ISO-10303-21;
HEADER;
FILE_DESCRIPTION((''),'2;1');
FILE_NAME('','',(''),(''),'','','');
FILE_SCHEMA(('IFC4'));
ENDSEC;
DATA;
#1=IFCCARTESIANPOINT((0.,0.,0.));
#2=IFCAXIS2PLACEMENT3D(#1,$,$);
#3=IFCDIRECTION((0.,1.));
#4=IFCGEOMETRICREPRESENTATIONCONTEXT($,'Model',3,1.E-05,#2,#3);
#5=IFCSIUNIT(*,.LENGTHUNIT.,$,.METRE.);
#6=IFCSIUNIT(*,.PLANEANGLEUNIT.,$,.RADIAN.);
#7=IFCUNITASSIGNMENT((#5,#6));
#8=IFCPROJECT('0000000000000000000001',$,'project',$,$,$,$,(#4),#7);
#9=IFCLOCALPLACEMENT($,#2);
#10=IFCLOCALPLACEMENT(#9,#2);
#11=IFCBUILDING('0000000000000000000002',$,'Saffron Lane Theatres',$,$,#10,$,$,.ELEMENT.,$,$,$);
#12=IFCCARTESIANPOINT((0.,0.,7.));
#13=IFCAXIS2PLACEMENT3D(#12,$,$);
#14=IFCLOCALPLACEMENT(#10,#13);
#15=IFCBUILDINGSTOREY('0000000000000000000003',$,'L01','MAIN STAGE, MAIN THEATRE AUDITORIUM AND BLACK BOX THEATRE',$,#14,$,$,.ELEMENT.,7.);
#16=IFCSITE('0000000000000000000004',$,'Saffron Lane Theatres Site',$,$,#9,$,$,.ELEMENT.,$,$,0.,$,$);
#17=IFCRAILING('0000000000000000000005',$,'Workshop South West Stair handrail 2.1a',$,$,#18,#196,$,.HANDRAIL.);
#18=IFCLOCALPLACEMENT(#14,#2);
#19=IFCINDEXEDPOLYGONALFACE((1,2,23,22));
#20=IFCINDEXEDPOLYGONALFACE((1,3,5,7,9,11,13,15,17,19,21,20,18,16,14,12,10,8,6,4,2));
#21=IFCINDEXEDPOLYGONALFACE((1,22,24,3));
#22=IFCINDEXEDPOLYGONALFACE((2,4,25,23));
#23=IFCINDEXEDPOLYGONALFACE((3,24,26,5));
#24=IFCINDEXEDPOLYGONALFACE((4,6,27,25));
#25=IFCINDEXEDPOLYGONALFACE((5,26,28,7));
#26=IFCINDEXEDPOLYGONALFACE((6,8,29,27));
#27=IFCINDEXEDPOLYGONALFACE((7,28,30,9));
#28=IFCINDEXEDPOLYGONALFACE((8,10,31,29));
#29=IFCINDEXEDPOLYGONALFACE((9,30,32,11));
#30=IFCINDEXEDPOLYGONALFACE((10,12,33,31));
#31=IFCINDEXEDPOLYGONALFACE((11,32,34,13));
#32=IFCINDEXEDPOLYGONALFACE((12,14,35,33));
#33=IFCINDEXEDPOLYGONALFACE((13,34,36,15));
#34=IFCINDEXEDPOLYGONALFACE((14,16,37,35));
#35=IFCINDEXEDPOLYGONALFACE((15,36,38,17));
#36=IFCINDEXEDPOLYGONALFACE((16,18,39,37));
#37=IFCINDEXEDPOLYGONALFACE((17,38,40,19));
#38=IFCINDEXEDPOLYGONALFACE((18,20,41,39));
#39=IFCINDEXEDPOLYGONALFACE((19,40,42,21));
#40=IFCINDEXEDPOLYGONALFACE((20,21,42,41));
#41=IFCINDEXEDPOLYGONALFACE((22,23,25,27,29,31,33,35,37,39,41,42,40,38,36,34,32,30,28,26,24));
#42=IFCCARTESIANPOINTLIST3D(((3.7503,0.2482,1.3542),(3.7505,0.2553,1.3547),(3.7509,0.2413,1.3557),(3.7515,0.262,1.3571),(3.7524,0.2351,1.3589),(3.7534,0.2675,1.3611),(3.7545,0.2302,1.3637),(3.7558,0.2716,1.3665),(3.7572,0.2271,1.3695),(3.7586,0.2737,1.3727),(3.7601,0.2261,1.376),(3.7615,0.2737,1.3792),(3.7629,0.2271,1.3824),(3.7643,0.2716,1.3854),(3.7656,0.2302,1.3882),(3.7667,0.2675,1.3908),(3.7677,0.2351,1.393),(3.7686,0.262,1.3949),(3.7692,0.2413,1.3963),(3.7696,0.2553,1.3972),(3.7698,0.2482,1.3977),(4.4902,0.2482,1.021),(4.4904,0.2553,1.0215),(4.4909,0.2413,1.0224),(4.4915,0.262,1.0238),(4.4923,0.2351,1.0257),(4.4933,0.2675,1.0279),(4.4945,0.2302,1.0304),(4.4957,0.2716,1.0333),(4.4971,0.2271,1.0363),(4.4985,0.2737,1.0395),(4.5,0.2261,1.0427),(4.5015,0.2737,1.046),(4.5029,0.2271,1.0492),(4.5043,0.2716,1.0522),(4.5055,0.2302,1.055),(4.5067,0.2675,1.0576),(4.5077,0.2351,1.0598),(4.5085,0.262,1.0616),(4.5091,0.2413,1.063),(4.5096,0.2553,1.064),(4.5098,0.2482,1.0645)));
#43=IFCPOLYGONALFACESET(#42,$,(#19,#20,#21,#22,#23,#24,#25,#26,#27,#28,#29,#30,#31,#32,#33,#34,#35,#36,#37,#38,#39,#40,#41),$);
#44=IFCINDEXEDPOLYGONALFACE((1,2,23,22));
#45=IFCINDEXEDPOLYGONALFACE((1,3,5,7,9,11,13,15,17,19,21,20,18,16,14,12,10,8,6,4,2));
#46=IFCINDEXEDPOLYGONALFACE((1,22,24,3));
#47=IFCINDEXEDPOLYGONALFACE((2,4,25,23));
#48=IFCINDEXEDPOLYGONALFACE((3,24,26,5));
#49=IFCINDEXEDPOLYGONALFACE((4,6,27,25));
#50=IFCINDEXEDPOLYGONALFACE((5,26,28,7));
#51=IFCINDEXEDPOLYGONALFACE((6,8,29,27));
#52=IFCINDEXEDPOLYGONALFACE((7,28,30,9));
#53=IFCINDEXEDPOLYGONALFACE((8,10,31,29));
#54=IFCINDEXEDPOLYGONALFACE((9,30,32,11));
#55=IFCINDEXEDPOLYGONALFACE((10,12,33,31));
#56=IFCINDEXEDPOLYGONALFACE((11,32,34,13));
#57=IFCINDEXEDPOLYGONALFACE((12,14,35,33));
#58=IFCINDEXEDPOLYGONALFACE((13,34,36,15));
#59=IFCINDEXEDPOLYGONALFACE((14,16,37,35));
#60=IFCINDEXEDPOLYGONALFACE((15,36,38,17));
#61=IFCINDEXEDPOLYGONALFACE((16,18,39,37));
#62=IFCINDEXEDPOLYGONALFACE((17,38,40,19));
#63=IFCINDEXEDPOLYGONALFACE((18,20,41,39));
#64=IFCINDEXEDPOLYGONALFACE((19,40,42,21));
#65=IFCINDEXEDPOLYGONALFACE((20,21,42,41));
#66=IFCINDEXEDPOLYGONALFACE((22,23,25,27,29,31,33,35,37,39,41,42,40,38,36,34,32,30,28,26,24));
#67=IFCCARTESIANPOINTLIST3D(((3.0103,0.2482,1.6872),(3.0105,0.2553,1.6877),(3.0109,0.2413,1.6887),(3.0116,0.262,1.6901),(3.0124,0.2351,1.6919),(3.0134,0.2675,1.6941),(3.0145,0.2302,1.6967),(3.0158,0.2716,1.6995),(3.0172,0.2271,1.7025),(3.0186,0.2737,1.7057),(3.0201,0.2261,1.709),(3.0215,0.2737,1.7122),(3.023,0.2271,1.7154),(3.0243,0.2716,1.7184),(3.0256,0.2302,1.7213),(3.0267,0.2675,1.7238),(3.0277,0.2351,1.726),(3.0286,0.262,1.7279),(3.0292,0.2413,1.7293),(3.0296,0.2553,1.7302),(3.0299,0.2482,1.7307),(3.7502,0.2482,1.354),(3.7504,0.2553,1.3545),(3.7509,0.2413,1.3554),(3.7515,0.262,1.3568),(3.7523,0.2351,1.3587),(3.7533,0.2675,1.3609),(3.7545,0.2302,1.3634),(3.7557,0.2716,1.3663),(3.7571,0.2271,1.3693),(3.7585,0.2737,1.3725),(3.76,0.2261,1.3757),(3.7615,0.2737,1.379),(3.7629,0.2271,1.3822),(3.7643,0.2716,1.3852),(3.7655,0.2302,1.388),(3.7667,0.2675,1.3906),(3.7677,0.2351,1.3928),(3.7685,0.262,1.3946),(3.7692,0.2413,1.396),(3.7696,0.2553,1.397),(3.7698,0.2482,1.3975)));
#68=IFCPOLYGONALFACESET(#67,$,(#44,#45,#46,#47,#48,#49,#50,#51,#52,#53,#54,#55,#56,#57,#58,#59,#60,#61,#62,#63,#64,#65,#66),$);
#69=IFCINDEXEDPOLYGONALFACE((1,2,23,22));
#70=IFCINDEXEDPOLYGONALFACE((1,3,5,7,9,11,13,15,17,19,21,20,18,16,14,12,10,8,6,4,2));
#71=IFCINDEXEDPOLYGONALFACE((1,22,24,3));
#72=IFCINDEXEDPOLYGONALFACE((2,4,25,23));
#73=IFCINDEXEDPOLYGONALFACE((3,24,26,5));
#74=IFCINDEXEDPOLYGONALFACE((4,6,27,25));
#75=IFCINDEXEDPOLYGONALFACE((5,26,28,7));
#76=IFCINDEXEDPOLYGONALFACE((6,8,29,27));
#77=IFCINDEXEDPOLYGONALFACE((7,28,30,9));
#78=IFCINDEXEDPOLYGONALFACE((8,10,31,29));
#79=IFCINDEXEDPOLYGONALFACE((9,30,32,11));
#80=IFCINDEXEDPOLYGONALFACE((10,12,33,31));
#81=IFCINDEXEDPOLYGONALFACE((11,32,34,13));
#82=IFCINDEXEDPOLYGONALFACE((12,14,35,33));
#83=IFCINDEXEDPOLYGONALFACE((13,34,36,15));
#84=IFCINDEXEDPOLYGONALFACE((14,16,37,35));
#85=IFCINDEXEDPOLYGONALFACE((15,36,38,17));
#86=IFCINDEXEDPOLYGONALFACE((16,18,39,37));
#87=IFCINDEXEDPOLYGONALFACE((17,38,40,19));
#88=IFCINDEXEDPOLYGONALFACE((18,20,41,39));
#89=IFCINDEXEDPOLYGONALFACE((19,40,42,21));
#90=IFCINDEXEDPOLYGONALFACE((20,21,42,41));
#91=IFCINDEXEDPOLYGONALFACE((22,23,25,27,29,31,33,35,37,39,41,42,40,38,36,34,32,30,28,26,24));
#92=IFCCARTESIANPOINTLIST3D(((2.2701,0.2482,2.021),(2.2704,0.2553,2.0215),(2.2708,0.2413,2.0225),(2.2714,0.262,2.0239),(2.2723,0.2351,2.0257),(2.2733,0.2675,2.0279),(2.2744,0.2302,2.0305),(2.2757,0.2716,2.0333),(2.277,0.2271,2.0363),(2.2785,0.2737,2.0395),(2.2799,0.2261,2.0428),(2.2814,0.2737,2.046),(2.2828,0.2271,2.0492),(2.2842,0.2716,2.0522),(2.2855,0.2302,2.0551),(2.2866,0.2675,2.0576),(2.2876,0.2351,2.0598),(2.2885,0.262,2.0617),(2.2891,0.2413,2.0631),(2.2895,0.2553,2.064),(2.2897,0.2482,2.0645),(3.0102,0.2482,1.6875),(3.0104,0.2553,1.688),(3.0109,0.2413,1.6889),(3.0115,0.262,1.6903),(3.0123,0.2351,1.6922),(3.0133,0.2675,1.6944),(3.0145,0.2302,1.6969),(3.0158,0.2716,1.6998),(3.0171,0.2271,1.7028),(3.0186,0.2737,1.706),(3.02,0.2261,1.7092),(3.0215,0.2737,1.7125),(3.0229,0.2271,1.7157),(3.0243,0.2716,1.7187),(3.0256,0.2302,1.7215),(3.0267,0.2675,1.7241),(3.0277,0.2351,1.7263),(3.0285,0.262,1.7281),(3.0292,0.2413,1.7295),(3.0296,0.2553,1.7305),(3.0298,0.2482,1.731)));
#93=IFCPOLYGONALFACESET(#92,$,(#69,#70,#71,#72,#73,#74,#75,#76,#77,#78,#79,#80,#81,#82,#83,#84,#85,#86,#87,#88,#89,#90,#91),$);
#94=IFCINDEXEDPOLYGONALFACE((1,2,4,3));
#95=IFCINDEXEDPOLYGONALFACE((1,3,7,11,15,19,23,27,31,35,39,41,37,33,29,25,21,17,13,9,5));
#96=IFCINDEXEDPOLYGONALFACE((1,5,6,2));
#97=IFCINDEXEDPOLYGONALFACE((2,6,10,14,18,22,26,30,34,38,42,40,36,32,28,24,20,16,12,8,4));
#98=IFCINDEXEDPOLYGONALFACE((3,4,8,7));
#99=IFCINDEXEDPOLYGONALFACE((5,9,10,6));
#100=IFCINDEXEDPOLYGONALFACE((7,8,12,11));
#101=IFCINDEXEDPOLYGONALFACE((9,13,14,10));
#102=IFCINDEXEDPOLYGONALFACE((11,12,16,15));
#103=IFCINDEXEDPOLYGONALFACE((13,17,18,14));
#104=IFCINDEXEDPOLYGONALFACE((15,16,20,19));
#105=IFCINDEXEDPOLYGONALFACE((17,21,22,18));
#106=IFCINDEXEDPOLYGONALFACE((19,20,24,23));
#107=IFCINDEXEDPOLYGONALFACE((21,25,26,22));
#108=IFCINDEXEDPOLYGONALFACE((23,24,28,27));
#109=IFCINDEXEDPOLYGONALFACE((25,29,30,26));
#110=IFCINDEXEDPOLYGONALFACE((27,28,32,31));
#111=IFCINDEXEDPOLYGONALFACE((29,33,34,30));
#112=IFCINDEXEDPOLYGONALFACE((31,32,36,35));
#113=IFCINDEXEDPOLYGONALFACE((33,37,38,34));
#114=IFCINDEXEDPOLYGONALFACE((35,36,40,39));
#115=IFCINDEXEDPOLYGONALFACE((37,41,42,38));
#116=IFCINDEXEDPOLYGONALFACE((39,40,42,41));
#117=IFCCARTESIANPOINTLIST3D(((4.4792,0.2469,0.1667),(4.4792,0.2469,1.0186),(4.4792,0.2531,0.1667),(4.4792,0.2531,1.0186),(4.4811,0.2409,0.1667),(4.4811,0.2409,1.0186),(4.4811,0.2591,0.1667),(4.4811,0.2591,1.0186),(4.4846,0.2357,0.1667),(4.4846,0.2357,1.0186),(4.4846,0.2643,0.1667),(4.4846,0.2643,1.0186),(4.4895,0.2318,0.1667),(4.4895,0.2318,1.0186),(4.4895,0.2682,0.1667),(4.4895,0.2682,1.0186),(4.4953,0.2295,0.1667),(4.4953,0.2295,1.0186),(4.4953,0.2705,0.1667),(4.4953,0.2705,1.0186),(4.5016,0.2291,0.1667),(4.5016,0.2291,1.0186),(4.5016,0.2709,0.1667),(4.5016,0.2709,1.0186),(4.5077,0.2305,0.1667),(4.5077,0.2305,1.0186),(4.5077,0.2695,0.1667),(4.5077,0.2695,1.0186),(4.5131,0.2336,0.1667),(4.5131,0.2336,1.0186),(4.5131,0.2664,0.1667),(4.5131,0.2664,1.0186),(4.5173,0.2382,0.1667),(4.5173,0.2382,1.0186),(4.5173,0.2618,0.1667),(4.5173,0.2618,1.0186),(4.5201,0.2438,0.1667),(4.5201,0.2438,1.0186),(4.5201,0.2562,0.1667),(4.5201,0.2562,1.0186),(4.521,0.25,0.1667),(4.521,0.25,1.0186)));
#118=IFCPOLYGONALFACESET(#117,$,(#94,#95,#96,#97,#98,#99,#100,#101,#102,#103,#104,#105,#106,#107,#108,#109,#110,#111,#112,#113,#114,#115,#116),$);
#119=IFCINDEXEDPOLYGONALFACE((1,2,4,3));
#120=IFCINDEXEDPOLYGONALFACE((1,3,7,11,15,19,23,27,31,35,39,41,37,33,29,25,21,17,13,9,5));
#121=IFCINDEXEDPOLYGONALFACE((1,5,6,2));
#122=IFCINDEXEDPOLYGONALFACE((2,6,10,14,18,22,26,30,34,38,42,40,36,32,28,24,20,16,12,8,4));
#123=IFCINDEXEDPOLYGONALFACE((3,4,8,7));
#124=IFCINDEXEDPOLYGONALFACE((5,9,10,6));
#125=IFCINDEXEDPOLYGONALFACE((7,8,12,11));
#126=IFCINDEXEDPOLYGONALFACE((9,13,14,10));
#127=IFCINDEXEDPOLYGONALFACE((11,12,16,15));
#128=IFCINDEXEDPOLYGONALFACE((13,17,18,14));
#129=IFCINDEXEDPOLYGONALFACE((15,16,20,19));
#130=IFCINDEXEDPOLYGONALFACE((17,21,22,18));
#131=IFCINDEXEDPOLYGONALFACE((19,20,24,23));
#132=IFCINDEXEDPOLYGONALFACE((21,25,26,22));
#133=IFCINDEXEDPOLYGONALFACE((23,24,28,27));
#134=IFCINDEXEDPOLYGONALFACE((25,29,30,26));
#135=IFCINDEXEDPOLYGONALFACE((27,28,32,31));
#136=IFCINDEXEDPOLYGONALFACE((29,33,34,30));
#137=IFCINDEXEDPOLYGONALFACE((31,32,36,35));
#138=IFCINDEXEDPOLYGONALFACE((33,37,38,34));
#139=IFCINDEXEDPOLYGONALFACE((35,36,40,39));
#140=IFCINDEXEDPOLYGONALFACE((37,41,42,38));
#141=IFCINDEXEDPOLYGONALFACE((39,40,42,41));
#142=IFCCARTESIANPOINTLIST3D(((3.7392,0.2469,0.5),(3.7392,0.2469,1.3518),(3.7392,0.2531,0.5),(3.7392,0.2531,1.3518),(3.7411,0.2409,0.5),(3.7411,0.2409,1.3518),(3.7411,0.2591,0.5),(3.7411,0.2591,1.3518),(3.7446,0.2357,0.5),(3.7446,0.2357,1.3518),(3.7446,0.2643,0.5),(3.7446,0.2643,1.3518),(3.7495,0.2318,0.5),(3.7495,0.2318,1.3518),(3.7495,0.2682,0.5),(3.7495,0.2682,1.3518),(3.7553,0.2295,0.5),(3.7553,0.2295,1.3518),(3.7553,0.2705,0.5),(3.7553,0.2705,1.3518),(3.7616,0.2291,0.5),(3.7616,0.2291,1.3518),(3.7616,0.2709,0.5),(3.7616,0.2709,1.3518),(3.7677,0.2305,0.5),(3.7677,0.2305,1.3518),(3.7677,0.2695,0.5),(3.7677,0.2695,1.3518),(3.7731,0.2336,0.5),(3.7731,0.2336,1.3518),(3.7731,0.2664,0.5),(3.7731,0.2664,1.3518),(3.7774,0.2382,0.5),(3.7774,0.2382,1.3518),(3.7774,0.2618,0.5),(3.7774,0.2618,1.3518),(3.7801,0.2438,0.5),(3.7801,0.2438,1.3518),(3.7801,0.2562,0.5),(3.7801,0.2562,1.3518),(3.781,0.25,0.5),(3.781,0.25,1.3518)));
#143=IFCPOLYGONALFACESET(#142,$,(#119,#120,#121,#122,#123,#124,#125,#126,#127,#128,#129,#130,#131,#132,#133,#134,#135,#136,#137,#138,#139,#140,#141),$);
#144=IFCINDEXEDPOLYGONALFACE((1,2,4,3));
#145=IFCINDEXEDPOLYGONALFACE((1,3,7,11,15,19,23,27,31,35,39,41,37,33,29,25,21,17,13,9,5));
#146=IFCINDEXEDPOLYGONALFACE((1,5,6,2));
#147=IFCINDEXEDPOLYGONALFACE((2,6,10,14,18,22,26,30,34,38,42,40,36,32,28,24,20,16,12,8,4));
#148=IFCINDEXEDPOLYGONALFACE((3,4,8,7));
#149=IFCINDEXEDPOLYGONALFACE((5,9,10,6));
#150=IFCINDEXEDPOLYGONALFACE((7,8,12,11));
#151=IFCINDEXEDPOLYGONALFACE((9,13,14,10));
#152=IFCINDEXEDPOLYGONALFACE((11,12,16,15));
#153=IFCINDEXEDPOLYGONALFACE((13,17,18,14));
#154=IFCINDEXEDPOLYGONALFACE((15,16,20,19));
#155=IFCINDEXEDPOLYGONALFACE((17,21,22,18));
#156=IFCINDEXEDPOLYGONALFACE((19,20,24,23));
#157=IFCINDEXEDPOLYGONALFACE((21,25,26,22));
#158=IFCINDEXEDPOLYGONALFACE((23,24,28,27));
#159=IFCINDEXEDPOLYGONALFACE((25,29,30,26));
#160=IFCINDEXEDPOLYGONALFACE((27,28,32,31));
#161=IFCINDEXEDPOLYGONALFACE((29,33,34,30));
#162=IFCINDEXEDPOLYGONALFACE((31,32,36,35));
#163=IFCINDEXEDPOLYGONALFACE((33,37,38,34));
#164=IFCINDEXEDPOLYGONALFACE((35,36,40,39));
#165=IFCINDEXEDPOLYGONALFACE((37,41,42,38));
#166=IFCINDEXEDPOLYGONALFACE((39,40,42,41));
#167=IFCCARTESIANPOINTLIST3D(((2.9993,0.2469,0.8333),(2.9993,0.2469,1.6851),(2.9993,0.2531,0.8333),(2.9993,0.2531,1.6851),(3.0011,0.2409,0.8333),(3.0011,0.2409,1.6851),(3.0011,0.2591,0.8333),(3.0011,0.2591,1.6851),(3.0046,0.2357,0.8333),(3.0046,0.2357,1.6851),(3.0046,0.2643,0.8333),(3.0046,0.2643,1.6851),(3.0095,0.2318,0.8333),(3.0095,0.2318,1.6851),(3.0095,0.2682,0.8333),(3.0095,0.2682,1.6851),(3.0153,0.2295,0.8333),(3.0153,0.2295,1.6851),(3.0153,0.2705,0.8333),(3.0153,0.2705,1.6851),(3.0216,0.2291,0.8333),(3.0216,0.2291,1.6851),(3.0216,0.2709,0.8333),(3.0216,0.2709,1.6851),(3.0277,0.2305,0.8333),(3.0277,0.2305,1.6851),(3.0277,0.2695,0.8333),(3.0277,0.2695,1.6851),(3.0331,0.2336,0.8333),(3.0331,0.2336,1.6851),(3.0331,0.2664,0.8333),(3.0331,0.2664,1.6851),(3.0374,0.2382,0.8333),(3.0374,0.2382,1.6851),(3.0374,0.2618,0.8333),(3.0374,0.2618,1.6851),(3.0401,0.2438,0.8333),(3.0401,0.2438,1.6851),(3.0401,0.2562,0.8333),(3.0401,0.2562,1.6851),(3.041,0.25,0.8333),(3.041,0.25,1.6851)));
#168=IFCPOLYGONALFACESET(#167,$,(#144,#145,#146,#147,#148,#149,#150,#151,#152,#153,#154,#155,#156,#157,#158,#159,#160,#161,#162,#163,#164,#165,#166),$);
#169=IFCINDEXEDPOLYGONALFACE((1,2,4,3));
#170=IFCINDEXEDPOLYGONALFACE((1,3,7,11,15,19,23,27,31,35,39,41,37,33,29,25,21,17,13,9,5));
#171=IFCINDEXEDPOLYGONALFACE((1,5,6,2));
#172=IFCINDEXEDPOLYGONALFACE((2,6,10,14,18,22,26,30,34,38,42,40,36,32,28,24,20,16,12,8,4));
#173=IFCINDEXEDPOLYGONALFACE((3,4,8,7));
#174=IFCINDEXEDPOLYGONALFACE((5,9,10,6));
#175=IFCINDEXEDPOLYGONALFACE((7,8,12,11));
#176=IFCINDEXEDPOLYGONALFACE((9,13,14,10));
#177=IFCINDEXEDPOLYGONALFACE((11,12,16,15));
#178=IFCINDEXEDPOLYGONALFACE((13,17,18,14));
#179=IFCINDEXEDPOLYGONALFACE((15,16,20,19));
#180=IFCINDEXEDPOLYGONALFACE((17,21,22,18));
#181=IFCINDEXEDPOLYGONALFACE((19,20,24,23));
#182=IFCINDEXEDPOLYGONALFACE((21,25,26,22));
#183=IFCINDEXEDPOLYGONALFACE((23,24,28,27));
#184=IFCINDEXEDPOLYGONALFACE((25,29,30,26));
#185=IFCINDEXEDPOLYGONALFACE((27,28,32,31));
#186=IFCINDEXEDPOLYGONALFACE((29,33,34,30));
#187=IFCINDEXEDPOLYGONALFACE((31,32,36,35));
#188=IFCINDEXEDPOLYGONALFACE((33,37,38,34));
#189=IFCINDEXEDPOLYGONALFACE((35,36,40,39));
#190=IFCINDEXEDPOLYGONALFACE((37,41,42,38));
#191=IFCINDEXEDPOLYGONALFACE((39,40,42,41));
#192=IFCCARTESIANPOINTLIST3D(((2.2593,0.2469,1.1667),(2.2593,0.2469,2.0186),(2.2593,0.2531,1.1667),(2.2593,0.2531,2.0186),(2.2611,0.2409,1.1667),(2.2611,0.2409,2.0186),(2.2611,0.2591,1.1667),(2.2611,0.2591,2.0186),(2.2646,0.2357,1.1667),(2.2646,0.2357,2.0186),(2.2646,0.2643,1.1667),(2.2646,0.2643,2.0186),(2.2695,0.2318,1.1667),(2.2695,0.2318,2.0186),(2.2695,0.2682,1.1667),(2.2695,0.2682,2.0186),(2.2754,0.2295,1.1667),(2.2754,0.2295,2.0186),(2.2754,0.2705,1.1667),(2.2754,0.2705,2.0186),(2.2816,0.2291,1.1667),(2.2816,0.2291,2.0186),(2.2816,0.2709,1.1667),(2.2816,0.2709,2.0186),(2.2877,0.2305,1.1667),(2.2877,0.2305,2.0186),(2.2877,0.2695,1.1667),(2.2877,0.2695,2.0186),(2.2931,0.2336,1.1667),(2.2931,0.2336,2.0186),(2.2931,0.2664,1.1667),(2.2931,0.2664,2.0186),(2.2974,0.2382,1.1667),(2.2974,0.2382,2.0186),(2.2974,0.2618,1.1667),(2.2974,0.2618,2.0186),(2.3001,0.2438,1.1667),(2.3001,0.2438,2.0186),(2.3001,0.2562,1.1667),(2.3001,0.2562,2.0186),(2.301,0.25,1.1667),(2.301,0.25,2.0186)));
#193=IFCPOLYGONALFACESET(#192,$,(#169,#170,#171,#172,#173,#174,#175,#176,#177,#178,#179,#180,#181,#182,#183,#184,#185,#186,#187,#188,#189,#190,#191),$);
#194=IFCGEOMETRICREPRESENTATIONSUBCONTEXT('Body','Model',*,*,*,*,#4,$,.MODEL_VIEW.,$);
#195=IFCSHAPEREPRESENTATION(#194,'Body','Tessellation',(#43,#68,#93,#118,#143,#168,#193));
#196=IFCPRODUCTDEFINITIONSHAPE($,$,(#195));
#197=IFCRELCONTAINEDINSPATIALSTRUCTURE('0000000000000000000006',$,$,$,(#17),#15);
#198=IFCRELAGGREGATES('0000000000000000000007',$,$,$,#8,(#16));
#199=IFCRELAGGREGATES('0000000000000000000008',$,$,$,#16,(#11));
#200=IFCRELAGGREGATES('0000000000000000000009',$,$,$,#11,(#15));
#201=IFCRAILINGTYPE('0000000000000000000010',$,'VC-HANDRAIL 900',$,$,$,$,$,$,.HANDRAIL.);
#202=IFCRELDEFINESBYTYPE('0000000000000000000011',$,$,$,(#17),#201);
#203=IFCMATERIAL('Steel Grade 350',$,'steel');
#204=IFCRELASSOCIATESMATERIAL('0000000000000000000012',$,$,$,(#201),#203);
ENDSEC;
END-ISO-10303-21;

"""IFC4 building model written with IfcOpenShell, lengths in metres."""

from ifc_helpers import new_model, si_unit, direction, frame, origin, origin_2d, place, context, subcontext, project, spatial, circle, extrude, material, type_object, element, save


model = new_model("IFC4")

# Units and contexts
model_context = context("Model", 3, precision=1e-05, world=origin(), true_north=direction((0.0, 1.0)))
body_context = subcontext(model_context, "Body", "Model", "MODEL_VIEW")
ifc_project = project(units=[si_unit("LENGTHUNIT", "METRE"), si_unit("PLANEANGLEUNIT", "RADIAN")], contexts=[model_context])

# Site, building, storey
site_placement = place(None, origin())
site = spatial("IfcSite", under=ifc_project, at=site_placement, Name="Saffron Lane Theatres Site", CompositionType="ELEMENT", RefElevation=0.0)
building_placement = place(site_placement, origin())
building = spatial("IfcBuilding", under=site, at=building_placement, Name="Saffron Lane Theatres", CompositionType="ELEMENT")
storey_placement = place(building_placement, frame((0.0, 0.0, 7.0)))
storey = spatial("IfcBuildingStorey", under=building, at=storey_placement, Name="L01", Description="MAIN STAGE, MAIN THEATRE AUDITORIUM AND BLACK BOX THEATRE", CompositionType="ELEMENT", Elevation=7.0)

# Railing
ifc_material_1 = material(Name="Steel Grade 350", Category="steel")
railing_type_1 = type_object("IfcRailingType", Name="VC-HANDRAIL 900", PredefinedType="HANDRAIL", material=ifc_material_1)
for number, where, name in (
    (1, (4.5, 0.25, 0.1667), "Workshop South West Stair handrail 2.1a"),
):
    element("IfcRailing", number, at=place(storey_placement, frame(where)), inside=storey, type_object=railing_type_1, Name=name, PredefinedType="HANDRAIL", context=body_context, shape_type="SweptSolid", body=[
        extrude(circle(Radius=0.0239, at=origin_2d()), frame((0.0, 0.0, 0.876), z_axis=(-0.911803, 0.0, 0.410627), x_axis=(0.0, -1.0, 0.0)), (0.0, 0.0, 1.0), 0.8115),
        extrude(circle(Radius=0.0239, at=origin_2d()), frame((-0.74, 0.0, 1.209), z_axis=(-0.911803, 0.0, 0.410627), x_axis=(0.0, -1.0, 0.0)), (0.0, 0.0, 1.0), 0.8115),
        extrude(circle(Radius=0.0239, at=origin_2d()), frame((-1.48, 0.0, 1.5425), z_axis=(-0.911691, 0.0, 0.410877), x_axis=(0.0, -1.0, 0.0)), (0.0, 0.0, 1.0), 0.8118),
        extrude(circle(Radius=0.021, at=origin_2d()), origin(), (0.0, 0.0, 1.0), 0.8518),
        extrude(circle(Radius=0.021, at=origin_2d()), frame((-0.74, 0.0, 0.3333)), (0.0, 0.0, 1.0), 0.8518),
        extrude(circle(Radius=0.021, at=origin_2d()), frame((-1.48, 0.0, 0.6665)), (0.0, 0.0, 1.0), 0.8518),
        extrude(circle(Radius=0.021, at=origin_2d()), frame((-2.22, 0.0, 1.0)), (0.0, 0.0, 1.0), 0.8518),
    ])

save(model, "model.ifc")
